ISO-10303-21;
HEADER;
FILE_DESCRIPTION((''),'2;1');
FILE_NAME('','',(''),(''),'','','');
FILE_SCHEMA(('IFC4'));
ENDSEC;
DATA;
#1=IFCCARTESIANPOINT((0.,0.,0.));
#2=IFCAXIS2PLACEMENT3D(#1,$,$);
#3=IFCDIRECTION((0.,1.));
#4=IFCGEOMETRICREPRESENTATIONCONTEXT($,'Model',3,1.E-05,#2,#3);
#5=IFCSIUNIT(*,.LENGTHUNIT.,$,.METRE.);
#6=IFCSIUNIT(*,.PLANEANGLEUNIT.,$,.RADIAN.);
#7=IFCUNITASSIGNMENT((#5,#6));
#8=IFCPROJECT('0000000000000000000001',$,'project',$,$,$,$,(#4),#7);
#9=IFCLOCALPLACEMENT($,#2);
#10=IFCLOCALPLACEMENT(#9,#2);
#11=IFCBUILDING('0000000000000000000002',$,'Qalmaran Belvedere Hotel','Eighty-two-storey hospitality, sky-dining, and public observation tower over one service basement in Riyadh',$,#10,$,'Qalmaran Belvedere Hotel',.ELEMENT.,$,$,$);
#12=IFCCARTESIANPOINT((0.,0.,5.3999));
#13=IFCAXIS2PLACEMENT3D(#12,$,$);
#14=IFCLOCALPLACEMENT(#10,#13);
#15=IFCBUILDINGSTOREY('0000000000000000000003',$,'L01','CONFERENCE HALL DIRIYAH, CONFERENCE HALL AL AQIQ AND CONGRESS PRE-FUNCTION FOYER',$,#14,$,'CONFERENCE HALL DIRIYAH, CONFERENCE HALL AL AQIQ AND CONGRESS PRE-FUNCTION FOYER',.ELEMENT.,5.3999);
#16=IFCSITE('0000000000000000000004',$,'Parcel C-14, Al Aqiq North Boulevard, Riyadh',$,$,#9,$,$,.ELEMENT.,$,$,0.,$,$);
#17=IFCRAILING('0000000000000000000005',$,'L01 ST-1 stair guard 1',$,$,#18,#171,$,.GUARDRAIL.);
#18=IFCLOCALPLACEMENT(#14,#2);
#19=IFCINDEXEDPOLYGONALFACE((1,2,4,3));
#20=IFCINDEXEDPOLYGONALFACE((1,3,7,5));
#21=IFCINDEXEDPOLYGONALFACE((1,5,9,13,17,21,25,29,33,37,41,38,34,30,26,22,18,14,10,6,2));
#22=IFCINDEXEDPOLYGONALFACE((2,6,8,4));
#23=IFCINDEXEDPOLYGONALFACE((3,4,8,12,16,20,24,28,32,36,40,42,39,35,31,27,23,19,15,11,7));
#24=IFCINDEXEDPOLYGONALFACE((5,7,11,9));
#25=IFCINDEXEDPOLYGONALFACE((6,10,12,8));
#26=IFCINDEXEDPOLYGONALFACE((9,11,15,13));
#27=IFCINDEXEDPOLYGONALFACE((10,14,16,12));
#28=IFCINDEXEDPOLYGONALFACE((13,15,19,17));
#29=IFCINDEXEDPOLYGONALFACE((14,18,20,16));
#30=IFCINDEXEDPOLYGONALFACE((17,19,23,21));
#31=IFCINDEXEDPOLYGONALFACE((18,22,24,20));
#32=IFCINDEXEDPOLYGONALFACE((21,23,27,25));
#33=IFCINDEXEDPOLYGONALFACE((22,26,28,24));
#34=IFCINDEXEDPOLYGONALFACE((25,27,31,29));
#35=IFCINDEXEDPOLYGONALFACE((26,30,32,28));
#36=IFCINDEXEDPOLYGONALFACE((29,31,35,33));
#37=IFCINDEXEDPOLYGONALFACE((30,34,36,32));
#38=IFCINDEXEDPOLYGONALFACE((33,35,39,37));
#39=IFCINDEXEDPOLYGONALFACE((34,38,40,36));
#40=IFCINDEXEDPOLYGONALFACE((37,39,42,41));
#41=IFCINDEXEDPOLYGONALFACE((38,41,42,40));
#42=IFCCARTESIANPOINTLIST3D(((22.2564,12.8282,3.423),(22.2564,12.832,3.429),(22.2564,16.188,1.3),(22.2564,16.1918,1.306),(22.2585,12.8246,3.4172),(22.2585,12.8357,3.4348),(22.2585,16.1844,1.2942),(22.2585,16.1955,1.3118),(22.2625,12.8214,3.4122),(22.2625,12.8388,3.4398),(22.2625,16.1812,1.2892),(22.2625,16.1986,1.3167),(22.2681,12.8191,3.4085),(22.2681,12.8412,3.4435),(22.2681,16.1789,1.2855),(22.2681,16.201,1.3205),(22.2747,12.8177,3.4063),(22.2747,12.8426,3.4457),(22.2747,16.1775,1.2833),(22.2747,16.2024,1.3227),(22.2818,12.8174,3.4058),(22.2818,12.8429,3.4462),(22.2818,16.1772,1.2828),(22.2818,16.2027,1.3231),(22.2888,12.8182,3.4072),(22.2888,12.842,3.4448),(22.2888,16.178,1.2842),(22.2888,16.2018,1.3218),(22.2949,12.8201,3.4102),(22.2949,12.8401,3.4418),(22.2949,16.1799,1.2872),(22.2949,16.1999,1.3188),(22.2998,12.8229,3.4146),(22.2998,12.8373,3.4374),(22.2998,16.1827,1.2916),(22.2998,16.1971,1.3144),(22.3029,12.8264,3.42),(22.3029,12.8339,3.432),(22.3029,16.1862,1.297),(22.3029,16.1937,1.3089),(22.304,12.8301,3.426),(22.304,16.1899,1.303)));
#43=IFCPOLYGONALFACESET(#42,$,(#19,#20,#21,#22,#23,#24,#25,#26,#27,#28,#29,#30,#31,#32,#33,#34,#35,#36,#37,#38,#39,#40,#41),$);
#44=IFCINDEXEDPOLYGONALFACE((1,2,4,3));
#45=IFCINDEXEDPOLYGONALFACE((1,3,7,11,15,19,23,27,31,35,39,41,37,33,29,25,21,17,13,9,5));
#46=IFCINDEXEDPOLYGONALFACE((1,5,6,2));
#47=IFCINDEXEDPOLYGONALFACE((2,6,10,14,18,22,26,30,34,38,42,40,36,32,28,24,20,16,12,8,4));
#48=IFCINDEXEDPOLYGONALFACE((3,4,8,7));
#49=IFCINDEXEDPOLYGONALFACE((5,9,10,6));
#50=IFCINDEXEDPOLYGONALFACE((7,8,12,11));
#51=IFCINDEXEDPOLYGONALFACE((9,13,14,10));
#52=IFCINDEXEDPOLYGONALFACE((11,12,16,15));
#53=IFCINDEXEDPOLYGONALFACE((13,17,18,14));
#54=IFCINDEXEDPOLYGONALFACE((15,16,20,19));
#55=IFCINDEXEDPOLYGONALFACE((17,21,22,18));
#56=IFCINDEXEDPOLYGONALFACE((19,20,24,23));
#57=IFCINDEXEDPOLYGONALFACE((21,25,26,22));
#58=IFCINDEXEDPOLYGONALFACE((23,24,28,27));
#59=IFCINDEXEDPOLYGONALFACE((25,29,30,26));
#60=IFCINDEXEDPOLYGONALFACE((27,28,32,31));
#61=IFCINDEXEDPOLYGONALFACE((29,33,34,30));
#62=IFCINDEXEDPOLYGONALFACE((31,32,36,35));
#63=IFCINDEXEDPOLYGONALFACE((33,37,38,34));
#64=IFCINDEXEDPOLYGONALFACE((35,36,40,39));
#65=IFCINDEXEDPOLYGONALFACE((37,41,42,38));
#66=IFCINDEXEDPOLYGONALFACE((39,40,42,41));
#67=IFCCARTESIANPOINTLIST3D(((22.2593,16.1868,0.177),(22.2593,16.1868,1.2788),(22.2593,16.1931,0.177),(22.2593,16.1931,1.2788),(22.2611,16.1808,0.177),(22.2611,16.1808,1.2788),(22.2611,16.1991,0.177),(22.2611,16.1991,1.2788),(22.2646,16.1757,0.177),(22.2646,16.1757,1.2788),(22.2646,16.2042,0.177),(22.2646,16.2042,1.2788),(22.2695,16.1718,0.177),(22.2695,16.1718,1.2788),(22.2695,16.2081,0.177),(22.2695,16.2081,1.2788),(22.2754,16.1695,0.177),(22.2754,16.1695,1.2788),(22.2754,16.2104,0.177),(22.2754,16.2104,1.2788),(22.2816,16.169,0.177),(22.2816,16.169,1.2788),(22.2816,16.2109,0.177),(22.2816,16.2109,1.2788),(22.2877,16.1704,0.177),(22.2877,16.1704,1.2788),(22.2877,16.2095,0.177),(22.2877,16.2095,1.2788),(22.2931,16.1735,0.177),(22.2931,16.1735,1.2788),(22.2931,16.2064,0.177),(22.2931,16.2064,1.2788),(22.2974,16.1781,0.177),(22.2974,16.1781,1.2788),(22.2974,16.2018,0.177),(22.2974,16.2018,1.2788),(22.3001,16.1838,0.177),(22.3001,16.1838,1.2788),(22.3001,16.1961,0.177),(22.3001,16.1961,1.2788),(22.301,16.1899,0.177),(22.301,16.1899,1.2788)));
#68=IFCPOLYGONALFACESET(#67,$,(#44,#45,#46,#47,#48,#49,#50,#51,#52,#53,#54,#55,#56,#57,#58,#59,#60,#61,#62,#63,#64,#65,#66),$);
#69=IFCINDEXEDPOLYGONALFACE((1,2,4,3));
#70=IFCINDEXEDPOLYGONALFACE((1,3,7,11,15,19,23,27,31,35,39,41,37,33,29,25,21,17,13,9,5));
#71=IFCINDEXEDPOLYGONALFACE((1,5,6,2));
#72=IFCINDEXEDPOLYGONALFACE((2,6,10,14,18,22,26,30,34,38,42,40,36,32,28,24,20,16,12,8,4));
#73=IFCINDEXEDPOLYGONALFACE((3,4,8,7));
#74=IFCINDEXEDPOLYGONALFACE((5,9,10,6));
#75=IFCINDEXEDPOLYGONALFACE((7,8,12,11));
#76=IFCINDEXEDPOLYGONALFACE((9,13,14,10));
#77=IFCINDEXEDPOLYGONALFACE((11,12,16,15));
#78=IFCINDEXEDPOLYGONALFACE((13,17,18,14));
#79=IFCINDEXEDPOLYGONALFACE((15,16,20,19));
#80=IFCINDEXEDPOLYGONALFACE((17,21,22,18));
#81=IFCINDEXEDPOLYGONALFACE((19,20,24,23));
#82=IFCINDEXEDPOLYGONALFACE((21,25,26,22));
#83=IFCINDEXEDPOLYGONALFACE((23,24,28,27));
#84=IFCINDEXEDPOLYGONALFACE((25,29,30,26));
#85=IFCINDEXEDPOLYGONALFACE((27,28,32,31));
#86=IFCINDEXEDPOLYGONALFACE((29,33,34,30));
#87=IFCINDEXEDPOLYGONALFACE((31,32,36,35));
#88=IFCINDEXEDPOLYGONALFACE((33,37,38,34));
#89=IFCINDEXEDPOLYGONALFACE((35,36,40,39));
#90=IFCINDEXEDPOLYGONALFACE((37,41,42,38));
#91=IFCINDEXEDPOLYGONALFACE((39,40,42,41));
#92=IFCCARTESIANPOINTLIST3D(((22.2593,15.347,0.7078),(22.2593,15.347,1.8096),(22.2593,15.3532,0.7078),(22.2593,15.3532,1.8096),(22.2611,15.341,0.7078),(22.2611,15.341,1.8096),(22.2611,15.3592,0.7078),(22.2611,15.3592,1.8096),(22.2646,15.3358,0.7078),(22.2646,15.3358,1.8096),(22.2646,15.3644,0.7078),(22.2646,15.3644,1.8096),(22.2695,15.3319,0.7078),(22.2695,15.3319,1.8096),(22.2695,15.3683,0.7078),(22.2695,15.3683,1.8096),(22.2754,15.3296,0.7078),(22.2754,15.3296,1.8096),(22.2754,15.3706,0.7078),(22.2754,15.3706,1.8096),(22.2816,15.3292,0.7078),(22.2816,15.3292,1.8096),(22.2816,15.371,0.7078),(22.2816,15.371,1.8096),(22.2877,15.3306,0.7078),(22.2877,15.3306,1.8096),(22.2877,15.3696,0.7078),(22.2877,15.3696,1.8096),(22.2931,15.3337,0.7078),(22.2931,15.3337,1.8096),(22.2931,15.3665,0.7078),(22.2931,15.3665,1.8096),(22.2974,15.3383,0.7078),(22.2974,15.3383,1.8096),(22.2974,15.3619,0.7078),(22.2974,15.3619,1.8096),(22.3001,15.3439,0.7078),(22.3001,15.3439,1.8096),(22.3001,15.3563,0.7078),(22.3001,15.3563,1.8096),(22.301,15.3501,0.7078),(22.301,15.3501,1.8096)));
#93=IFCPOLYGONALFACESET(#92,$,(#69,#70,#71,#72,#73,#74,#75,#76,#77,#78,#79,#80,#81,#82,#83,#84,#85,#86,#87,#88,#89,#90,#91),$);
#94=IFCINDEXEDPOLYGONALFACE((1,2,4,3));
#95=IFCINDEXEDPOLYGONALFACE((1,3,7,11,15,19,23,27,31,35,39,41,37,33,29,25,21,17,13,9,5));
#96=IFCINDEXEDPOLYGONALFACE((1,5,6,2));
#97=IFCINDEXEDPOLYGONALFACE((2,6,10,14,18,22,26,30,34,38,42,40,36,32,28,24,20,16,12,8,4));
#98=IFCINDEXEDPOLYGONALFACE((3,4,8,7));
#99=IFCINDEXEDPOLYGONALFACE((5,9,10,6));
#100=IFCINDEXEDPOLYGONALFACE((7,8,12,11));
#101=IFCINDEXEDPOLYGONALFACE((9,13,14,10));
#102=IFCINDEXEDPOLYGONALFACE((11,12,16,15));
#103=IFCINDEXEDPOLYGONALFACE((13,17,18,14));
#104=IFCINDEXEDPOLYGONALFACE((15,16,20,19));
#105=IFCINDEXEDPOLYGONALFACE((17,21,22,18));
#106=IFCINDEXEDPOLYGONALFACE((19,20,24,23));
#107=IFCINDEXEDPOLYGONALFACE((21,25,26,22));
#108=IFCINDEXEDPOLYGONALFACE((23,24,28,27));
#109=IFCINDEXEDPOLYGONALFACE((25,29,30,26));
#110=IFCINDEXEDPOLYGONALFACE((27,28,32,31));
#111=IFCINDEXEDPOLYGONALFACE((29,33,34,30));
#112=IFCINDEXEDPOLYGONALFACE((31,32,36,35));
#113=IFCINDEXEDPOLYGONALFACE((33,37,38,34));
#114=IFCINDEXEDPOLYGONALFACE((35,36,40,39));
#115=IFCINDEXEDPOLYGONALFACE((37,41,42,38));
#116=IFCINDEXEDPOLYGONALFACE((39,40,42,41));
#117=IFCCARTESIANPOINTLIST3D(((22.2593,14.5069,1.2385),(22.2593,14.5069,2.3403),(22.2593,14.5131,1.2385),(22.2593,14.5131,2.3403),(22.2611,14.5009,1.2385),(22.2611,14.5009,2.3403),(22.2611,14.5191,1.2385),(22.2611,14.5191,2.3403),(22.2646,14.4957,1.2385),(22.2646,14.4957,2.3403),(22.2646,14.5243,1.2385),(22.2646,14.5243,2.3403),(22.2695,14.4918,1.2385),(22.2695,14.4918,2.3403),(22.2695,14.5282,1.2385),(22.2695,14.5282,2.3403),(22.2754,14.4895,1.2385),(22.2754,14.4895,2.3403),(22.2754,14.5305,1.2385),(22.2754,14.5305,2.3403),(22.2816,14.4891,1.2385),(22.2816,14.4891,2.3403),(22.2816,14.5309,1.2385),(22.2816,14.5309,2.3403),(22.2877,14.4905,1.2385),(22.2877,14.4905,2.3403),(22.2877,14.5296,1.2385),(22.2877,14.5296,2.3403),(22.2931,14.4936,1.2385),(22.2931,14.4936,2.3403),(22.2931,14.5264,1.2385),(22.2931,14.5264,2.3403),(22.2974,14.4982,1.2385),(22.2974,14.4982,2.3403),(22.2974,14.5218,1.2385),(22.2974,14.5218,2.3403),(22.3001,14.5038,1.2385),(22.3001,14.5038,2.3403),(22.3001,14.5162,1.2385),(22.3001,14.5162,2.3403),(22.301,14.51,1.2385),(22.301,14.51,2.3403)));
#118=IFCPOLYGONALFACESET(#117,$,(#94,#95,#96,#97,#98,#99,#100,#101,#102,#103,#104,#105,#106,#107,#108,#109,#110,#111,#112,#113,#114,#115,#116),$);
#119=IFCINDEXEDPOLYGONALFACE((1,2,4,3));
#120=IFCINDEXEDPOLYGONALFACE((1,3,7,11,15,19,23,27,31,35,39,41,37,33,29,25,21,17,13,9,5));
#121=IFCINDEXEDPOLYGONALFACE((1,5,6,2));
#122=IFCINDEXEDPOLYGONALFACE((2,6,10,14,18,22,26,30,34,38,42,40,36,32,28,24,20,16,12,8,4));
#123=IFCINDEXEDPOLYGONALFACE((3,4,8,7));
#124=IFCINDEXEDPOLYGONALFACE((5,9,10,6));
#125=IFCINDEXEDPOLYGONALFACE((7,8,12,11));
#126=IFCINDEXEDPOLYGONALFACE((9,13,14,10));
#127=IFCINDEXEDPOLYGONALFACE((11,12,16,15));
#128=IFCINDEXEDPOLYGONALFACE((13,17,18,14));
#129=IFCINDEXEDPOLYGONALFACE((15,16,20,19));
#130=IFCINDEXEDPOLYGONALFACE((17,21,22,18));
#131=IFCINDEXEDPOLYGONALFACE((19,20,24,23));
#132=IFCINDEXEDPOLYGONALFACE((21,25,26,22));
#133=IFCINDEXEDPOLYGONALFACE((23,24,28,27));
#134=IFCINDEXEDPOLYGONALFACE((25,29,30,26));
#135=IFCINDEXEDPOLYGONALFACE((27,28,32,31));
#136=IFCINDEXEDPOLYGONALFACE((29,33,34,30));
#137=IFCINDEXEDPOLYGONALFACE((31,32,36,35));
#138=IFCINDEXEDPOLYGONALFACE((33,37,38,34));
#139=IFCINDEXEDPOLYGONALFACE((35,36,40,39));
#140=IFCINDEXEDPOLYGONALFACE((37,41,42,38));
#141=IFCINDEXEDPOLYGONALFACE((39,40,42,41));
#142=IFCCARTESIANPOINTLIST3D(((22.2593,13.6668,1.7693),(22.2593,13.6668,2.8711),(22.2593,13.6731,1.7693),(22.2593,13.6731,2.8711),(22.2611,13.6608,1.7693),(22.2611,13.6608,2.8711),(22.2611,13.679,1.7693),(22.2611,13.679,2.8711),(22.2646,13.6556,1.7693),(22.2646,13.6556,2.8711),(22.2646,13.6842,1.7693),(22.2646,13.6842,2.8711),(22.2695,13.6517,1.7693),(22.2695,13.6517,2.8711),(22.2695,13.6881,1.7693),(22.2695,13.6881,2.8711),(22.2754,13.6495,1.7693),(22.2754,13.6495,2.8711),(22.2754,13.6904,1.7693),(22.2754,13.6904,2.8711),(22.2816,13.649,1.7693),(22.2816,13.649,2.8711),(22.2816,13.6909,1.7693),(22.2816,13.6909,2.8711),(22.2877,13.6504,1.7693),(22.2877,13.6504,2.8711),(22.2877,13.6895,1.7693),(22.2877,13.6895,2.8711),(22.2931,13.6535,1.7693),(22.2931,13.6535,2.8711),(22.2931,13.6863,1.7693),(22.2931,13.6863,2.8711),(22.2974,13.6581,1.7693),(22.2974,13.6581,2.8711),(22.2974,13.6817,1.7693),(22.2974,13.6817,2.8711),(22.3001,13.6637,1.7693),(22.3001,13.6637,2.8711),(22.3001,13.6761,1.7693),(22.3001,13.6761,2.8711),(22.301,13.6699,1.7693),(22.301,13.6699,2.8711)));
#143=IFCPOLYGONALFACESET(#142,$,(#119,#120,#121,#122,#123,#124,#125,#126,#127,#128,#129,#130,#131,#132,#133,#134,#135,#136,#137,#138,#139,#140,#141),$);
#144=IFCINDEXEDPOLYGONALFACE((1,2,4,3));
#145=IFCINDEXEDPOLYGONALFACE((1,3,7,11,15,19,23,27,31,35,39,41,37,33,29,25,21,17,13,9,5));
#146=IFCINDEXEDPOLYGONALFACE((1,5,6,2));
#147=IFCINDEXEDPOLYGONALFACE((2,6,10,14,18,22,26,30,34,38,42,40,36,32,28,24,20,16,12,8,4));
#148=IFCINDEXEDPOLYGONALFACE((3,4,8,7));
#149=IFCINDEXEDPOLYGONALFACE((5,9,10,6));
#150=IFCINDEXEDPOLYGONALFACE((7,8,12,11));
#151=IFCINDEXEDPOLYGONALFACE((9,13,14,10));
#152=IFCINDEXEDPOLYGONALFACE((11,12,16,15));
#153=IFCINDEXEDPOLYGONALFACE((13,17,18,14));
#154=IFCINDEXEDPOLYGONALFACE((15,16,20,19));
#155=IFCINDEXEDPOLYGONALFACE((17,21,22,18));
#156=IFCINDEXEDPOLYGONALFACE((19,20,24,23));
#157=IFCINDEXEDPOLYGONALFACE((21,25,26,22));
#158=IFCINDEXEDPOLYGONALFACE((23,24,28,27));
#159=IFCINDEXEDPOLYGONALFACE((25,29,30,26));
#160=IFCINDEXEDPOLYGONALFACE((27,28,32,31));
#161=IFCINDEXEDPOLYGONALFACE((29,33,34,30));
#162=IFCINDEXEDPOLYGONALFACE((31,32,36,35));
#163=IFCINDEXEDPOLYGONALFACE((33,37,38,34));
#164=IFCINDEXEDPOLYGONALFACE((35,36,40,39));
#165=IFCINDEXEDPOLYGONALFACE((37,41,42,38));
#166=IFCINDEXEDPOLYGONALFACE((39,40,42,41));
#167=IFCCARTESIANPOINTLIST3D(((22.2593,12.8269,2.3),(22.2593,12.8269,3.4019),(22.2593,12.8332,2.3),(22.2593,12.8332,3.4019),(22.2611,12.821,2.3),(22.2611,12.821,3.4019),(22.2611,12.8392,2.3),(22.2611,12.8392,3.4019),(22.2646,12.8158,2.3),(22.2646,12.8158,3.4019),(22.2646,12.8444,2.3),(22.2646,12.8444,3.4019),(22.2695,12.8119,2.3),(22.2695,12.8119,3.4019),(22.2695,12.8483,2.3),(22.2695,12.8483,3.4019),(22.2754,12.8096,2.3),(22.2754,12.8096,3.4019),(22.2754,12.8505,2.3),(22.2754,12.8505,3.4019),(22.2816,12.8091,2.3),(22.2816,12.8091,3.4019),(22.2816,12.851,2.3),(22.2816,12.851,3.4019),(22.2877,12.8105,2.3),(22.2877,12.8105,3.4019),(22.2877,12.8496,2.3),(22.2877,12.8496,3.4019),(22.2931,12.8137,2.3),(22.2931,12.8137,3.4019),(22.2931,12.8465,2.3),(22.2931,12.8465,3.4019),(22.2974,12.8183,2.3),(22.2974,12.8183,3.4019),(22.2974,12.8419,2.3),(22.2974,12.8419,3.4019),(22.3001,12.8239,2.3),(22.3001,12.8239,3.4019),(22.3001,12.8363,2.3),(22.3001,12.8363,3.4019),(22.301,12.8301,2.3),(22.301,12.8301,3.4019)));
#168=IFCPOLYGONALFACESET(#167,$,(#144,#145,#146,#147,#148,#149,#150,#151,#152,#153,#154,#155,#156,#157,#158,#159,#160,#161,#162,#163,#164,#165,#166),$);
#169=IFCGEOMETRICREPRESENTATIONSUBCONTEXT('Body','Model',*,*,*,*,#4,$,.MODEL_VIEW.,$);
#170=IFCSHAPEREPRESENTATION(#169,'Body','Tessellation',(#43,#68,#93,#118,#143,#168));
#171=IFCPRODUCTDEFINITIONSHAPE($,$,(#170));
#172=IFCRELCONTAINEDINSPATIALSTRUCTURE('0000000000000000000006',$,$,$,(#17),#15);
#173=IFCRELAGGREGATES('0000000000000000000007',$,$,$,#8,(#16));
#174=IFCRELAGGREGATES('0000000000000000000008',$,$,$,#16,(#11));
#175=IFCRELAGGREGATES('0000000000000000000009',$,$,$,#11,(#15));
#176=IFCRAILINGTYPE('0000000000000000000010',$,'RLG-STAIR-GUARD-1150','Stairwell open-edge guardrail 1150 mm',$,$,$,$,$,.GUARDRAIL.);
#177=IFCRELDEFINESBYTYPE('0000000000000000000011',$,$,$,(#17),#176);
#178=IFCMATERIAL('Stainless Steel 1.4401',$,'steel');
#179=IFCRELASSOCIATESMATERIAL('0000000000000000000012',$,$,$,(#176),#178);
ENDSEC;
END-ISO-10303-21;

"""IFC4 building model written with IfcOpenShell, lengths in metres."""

from ifc_helpers import new_model, si_unit, direction, frame, origin, origin_2d, place, context, subcontext, project, spatial, circle, extrude, material, type_object, element, save


model = new_model("IFC4")

# Units and contexts
model_context = context("Model", 3, precision=1e-05, world=origin(), true_north=direction((0.0, 1.0)))
body_context = subcontext(model_context, "Body", "Model", "MODEL_VIEW")
ifc_project = project(units=[si_unit("LENGTHUNIT", "METRE"), si_unit("PLANEANGLEUNIT", "RADIAN")], contexts=[model_context])

# Site, building, storey
site_placement = place(None, origin())
site = spatial("IfcSite", under=ifc_project, at=site_placement, Name="Parcel C-14, Al Aqiq North Boulevard, Riyadh", CompositionType="ELEMENT", RefElevation=0.0)
building_placement = place(site_placement, origin())
building = spatial("IfcBuilding", under=site, at=building_placement, Name="Qalmaran Belvedere Hotel", Description="Eighty-two-storey hospitality, sky-dining, and public observation tower over one service basement in Riyadh", LongName="Qalmaran Belvedere Hotel", CompositionType="ELEMENT")
storey_placement = place(building_placement, frame((0.0, 0.0, 5.3999)))
storey = spatial("IfcBuildingStorey", under=building, at=storey_placement, Name="L01", Description="CONFERENCE HALL DIRIYAH, CONFERENCE HALL AL AQIQ AND CONGRESS PRE-FUNCTION FOYER", LongName="CONFERENCE HALL DIRIYAH, CONFERENCE HALL AL AQIQ AND CONGRESS PRE-FUNCTION FOYER", CompositionType="ELEMENT", Elevation=5.3999)

# Shared definitions
ifc_material_1 = material(Name="Stainless Steel 1.4401", Category="steel")

# Railing
railing_type_1 = type_object("IfcRailingType", Name="RLG-STAIR-GUARD-1150", Description="Stairwell open-edge guardrail 1150 mm", PredefinedType="GUARDRAIL", material=ifc_material_1)
railing_1_placement = place(storey_placement, frame((22.28, 16.1899, 0.177)))
element("IfcRailing", 1, at=railing_1_placement, inside=storey, type_object=railing_type_1, Name="L01 ST-1 stair guard 1", PredefinedType="GUARDRAIL", context=body_context, shape_type="SweptSolid", body=[
    extrude(circle(Radius=0.0239, at=origin_2d()), frame((0.0, 0.0, 1.126), z_axis=(0.0, -0.845372, 0.534178), x_axis=(1.0, 0.0, 0.0)), (0.0, 0.0, 1.0), 3.9744),
    extrude(circle(Radius=0.021, at=origin_2d()), origin(), (0.0, 0.0, 1.0), 1.1018),
    extrude(circle(Radius=0.021, at=origin_2d()), frame((0.0, -0.8398, 0.5308)), (0.0, 0.0, 1.0), 1.1018),
    extrude(circle(Radius=0.021, at=origin_2d()), frame((0.0, -1.6799, 1.0615)), (0.0, 0.0, 1.0), 1.1018),
    extrude(circle(Radius=0.021, at=origin_2d()), frame((0.0, -2.52, 1.5923)), (0.0, 0.0, 1.0), 1.1018),
    extrude(circle(Radius=0.021, at=origin_2d()), frame((0.0, -3.3599, 2.123)), (0.0, 0.0, 1.0), 1.1018),
])

save(model, "model.ifc")
